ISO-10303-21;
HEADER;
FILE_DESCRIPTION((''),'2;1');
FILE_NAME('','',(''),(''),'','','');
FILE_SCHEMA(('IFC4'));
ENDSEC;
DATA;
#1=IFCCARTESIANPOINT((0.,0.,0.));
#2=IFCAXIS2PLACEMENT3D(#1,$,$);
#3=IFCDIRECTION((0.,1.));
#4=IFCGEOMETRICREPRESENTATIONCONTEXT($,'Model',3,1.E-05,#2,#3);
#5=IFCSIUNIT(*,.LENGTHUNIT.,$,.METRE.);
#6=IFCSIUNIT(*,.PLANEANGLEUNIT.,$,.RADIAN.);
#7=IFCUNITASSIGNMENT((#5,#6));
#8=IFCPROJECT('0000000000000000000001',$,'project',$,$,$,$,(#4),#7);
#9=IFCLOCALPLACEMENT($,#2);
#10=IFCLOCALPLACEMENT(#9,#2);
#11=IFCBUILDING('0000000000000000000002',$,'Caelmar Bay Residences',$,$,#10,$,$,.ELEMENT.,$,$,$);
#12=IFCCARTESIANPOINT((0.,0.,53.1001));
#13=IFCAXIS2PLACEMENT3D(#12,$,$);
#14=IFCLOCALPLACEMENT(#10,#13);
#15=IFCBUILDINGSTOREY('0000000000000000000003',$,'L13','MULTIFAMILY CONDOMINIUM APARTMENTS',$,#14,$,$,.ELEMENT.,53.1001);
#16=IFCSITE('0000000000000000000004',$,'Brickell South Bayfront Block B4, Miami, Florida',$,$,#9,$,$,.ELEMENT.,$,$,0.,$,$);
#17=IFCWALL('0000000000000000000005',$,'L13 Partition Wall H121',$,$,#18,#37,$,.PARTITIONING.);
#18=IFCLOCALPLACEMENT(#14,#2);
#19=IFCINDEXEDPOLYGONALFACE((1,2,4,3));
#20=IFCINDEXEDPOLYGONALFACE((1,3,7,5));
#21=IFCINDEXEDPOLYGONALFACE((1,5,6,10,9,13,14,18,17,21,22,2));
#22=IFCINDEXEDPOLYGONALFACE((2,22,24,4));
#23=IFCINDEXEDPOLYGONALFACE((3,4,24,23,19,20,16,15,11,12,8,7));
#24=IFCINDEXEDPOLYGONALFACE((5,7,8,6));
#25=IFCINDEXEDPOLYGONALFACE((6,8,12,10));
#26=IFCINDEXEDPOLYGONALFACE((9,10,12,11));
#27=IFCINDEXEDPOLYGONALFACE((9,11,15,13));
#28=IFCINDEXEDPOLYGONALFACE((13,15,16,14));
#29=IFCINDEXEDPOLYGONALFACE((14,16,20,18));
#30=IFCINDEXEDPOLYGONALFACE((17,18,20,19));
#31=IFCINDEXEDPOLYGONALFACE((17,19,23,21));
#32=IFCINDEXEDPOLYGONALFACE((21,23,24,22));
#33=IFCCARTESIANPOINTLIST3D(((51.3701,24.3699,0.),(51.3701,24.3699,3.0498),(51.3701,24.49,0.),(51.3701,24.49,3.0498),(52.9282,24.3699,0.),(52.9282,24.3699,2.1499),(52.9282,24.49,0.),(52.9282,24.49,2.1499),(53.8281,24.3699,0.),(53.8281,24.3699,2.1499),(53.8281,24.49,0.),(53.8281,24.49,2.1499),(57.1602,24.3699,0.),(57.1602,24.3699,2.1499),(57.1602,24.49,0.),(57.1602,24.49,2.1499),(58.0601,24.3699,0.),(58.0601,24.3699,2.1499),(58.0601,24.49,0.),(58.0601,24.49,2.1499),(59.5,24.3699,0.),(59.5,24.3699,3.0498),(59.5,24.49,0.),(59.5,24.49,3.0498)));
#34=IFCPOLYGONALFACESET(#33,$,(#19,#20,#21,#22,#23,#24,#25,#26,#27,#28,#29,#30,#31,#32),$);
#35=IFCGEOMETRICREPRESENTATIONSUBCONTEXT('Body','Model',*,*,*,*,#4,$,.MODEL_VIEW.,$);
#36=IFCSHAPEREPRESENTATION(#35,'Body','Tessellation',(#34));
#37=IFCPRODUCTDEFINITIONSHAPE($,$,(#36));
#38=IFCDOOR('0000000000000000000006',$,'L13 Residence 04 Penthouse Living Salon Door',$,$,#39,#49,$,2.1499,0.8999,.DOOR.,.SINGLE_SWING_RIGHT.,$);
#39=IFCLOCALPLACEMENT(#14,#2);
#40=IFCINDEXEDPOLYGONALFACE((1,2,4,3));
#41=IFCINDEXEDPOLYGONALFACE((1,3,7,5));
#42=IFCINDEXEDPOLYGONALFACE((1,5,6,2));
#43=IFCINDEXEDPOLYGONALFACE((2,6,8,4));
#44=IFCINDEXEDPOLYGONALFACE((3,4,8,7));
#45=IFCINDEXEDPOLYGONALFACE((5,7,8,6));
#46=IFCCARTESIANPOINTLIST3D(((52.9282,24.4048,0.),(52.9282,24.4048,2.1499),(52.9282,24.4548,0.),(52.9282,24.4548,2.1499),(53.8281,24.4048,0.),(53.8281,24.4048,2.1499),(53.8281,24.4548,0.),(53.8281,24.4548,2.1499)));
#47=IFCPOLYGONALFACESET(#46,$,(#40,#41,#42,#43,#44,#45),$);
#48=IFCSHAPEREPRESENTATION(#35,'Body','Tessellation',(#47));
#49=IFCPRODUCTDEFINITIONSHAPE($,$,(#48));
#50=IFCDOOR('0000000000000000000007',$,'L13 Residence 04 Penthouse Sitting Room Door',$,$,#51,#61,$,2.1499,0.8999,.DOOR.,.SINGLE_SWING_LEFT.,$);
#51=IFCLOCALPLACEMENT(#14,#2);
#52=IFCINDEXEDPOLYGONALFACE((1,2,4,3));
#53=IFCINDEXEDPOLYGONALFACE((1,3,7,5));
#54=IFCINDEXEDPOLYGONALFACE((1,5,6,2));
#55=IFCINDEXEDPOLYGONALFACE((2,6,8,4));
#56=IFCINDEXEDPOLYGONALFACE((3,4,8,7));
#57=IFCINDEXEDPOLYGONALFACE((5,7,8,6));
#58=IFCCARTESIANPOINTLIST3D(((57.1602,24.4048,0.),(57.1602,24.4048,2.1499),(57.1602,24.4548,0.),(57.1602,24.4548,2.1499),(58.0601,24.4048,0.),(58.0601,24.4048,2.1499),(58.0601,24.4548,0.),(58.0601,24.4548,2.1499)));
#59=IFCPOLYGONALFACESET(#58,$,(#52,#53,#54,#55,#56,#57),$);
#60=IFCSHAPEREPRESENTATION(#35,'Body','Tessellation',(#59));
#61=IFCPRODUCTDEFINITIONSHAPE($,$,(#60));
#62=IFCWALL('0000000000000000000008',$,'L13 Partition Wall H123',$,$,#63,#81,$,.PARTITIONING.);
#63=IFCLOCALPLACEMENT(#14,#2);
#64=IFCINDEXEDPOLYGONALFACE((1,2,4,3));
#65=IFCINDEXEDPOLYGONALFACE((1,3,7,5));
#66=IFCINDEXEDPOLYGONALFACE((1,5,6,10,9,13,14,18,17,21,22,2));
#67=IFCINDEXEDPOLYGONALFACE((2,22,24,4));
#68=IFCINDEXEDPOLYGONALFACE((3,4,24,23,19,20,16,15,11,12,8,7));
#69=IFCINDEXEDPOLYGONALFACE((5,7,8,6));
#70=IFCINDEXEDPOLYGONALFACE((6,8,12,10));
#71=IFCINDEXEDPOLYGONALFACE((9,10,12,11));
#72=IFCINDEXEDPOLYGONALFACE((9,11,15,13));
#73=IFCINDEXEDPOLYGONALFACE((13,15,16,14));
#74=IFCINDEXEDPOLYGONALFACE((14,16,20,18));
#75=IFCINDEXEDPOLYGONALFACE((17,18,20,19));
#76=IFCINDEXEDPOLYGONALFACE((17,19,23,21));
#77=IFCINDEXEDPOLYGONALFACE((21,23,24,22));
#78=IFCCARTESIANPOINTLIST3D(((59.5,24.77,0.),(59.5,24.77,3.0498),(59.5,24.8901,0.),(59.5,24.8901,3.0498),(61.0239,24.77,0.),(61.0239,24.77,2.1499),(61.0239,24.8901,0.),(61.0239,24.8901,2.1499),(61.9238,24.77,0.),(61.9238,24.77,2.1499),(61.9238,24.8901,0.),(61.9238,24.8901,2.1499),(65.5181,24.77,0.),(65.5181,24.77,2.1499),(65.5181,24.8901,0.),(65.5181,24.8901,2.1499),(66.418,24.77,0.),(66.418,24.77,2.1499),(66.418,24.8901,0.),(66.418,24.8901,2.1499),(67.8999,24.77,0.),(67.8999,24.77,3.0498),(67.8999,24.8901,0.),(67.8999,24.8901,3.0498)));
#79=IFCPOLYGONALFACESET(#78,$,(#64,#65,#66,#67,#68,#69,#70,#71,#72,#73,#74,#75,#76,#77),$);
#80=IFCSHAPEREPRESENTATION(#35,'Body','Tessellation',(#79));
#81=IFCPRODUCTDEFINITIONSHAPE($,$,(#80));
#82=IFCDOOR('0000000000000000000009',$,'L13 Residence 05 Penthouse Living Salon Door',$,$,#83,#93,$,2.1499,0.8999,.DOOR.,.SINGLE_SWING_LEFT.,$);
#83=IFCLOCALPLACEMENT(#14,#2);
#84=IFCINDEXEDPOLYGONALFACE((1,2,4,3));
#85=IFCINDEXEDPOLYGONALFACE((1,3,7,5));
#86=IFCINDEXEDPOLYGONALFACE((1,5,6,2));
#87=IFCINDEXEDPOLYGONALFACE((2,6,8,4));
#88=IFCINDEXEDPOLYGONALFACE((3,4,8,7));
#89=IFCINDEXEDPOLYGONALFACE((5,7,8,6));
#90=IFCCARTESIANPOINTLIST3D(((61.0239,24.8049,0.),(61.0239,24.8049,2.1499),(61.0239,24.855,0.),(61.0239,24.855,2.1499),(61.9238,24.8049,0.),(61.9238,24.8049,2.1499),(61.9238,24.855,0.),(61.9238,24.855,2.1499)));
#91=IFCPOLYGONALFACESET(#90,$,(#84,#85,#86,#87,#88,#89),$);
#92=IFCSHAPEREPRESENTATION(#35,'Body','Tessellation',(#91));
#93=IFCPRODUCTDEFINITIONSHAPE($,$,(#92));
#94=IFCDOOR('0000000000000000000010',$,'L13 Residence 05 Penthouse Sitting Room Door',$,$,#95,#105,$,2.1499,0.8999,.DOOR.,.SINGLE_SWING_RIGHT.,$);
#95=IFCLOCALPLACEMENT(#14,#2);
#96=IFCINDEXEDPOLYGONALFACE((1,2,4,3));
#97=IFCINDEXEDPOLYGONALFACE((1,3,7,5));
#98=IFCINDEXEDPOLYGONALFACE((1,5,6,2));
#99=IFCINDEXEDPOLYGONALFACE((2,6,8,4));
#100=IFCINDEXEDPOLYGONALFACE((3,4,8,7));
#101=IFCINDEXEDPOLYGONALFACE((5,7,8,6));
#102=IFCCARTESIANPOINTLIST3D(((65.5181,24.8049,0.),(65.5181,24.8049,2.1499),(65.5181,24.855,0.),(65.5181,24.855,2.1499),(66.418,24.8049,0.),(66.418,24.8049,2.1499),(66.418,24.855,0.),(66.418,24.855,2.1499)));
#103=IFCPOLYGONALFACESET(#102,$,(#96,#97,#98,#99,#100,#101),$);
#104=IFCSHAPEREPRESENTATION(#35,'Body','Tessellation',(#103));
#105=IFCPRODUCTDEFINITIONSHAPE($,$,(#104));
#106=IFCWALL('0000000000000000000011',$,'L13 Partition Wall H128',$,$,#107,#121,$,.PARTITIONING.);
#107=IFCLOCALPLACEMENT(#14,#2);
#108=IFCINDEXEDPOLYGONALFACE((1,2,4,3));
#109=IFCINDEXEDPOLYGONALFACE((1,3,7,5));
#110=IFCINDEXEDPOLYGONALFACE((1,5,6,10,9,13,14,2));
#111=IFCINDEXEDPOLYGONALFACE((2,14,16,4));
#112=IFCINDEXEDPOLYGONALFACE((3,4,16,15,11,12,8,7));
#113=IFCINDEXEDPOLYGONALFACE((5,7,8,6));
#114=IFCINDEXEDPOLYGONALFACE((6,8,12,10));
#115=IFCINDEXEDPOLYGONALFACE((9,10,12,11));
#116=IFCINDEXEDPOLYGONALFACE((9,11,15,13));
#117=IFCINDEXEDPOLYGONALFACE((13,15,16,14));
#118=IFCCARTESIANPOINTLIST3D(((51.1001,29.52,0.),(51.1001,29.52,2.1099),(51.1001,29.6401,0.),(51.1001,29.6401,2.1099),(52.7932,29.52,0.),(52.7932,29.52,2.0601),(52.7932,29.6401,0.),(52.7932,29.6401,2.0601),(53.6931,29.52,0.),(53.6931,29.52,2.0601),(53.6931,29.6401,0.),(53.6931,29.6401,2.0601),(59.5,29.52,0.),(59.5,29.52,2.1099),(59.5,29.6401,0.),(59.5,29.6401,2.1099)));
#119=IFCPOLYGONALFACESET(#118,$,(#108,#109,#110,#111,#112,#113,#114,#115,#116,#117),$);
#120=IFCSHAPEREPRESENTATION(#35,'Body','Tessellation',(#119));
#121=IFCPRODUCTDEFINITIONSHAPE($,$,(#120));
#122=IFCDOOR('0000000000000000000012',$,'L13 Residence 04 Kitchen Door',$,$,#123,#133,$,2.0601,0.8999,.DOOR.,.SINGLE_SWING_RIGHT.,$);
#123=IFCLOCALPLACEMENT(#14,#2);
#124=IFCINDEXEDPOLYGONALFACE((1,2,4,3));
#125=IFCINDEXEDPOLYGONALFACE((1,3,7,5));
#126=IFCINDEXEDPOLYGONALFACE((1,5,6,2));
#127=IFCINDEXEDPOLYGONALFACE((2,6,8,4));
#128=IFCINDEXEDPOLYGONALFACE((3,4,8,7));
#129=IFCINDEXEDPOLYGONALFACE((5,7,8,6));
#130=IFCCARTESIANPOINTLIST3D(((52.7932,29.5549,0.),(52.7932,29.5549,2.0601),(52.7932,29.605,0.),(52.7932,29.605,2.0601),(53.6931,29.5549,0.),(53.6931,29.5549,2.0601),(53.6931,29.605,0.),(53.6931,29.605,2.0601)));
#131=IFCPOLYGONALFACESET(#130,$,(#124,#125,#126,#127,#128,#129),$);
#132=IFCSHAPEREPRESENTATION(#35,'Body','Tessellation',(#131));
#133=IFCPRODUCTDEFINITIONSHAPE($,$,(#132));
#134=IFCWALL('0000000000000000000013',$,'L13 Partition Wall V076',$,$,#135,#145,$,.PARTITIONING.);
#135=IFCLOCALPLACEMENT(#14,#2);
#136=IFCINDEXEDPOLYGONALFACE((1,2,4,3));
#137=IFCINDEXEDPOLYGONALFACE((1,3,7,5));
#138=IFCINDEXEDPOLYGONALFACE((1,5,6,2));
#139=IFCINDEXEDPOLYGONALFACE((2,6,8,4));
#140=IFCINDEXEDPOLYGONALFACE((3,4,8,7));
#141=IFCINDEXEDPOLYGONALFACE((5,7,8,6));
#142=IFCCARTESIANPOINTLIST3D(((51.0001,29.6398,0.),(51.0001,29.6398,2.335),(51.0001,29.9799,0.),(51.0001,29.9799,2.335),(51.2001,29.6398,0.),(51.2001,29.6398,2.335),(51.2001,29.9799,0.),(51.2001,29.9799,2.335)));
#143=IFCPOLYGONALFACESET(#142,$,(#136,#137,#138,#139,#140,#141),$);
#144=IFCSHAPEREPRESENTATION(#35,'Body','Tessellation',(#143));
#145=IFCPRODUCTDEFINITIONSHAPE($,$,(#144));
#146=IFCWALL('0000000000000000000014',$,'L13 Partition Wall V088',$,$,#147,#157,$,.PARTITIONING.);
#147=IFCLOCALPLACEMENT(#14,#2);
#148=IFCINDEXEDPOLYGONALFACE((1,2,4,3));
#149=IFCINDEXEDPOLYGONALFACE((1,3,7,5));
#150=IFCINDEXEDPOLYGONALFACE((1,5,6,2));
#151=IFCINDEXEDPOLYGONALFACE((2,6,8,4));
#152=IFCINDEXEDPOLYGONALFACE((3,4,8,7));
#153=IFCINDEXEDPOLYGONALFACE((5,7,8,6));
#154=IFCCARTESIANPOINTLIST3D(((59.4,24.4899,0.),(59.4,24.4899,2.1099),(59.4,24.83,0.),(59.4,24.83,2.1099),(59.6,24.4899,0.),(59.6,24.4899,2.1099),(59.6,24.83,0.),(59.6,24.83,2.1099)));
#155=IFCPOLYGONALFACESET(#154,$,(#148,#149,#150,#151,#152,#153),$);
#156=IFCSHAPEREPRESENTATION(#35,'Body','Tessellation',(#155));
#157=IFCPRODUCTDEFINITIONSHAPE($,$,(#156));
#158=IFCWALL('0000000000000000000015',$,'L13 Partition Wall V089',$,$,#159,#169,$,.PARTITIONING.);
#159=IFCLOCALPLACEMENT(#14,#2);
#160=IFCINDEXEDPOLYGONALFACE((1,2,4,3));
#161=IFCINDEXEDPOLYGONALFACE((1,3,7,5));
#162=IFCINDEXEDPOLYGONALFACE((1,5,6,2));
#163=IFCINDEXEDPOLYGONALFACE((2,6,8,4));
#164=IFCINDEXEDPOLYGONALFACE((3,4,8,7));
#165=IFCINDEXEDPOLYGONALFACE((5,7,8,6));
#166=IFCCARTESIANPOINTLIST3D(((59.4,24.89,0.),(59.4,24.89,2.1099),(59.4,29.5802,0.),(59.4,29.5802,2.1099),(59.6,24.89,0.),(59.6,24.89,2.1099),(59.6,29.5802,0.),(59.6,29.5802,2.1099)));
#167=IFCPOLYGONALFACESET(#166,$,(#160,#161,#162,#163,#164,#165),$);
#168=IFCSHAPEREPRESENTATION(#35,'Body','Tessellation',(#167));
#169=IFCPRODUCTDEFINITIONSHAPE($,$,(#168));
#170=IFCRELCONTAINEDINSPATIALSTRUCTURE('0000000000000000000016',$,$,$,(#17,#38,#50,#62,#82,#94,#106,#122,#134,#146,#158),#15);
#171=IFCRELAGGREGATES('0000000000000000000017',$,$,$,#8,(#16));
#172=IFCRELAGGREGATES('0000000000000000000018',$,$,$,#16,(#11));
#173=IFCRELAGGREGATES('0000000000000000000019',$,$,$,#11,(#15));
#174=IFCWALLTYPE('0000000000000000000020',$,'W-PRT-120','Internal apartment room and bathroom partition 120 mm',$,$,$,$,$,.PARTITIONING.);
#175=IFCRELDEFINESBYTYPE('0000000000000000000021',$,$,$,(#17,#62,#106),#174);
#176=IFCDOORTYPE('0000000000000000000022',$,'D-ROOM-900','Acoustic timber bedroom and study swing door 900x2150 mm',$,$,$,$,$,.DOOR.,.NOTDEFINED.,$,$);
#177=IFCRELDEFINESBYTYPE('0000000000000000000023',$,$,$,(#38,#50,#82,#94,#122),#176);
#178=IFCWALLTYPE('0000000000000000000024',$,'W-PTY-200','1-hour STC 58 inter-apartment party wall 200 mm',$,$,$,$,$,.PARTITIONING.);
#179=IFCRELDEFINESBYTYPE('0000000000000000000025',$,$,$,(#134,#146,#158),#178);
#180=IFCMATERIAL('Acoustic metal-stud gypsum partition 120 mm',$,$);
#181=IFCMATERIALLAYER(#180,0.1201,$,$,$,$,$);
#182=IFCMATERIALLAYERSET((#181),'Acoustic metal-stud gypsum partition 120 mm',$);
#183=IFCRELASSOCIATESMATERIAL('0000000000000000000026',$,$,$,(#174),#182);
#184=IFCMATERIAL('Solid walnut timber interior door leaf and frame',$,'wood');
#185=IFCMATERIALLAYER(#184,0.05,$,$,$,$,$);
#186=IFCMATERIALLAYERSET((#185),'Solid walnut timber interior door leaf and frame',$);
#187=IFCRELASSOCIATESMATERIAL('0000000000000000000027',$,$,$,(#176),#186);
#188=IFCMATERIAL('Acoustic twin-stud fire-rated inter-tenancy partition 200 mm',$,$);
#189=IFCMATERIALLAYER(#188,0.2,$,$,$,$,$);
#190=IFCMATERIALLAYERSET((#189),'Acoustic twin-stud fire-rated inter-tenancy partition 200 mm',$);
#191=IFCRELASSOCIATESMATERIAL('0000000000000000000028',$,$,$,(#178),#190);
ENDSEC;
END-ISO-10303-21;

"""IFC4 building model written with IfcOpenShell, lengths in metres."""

from ifc_helpers import new_model, si_unit, direction, frame, frame_2d, origin, place, context, subcontext, project, spatial, rectangle, extrude, material, layer, layer_set, type_object, element, fill, save


model = new_model("IFC4")

# Units and contexts
model_context = context("Model", 3, precision=1e-05, world=origin(), true_north=direction((0.0, 1.0)))
body_context = subcontext(model_context, "Body", "Model", "MODEL_VIEW")
ifc_project = project(units=[si_unit("LENGTHUNIT", "METRE"), si_unit("PLANEANGLEUNIT", "RADIAN")], contexts=[model_context])

# Site, building, storey
site_placement = place(None, origin())
site = spatial("IfcSite", under=ifc_project, at=site_placement, Name="Brickell South Bayfront Block B4, Miami, Florida", CompositionType="ELEMENT", RefElevation=0.0)
building_placement = place(site_placement, origin())
building = spatial("IfcBuilding", under=site, at=building_placement, Name="Caelmar Bay Residences", CompositionType="ELEMENT")
storey_placement = place(building_placement, frame((0.0, 0.0, 53.1001)))
storey = spatial("IfcBuildingStorey", under=building, at=storey_placement, Name="L13", Description="MULTIFAMILY CONDOMINIUM APARTMENTS", CompositionType="ELEMENT", Elevation=53.1001)

# Shared definitions
ifc_material_1 = material(Name="Acoustic metal-stud gypsum partition 120 mm")
ifc_layer_1 = layer(ifc_material_1, 0.1201)
ifc_layer_set_1 = layer_set([ifc_layer_1], Name="Acoustic metal-stud gypsum partition 120 mm")
wall_type_1 = type_object("IfcWallType", Name="W-PRT-120", Description="Internal apartment room and bathroom partition 120 mm", PredefinedType="PARTITIONING", material=ifc_layer_set_1)

# Shared definitions
ifc_material_2 = material(Name="Solid walnut timber interior door leaf and frame", Category="wood")
ifc_layer_2 = layer(ifc_material_2, 0.05)
ifc_layer_set_2 = layer_set([ifc_layer_2], Name="Solid walnut timber interior door leaf and frame")
door_type = type_object("IfcDoorType", Name="D-ROOM-900", Description="Acoustic timber bedroom and study swing door 900x2150 mm", OperationType="NOTDEFINED", PredefinedType="DOOR", material=ifc_layer_set_2)

# Walls, openings, doors
wall_1_placement = place(storey_placement, frame((51.3701, 24.4299, 0.0), z_axis=(0.0, 0.0, 1.0), x_axis=(1.0, 0.0, 0.0)))
wall_1 = element("IfcWall", 1, at=wall_1_placement, inside=storey, type_object=wall_type_1, Name="L13 Partition Wall H121", PredefinedType="PARTITIONING", context=body_context, shape_type="SweptSolid", body=[
    extrude(rectangle(XDim=8.1299, YDim=0.1201, at=frame_2d((4.0649, 0.0))), origin(), (0.0, 0.0, 1.0), 3.0498),
])
opening_1_placement = place(wall_1_placement, frame((1.5581, 0.0, 0.0)))
opening_1 = element("IfcOpeningElement", 2, at=opening_1_placement, cuts=wall_1, PredefinedType="OPENING", context=body_context, shape_type="SweptSolid", body=[
    extrude(rectangle(XDim=0.8999, YDim=2.1499, at=frame_2d((0.45, 1.075))), frame((0.0, 0.0701, 0.0), z_axis=(0.0, -1.0, 0.0), x_axis=(1.0, 0.0, 0.0)), (0.0, 0.0, 1.0), 0.1401),
])
opening_2_placement = place(wall_1_placement, frame((5.79, 0.0, 0.0)))
opening_2 = element("IfcOpeningElement", 3, at=opening_2_placement, cuts=wall_1, PredefinedType="OPENING", context=body_context, shape_type="SweptSolid", body=[
    extrude(rectangle(XDim=0.8999, YDim=2.1499, at=frame_2d((0.45, 1.075))), frame((0.0, 0.0701, 0.0), z_axis=(0.0, -1.0, 0.0), x_axis=(1.0, 0.0, 0.0)), (0.0, 0.0, 1.0), 0.1401),
])
door_1_placement = place(opening_1_placement, origin())
door_1 = element("IfcDoor", 4, at=door_1_placement, inside=storey, type_object=door_type, Name="L13 Residence 04 Penthouse Living Salon Door", OperationType="SINGLE_SWING_RIGHT", OverallHeight=2.1499, OverallWidth=0.8999, PredefinedType="DOOR", context=body_context, shape_type="SweptSolid", body=[
    extrude(rectangle(XDim=0.8999, YDim=2.1499, at=frame_2d((0.45, 1.075))), frame((0.0, 0.0249, 0.0), z_axis=(0.0, -1.0, 0.0), x_axis=(1.0, 0.0, 0.0)), (0.0, 0.0, 1.0), 0.05),
])
fill(opening_1, door_1)
door_2_placement = place(opening_2_placement, origin())
door_2 = element("IfcDoor", 5, at=door_2_placement, inside=storey, type_object=door_type, Name="L13 Residence 04 Penthouse Sitting Room Door", OperationType="SINGLE_SWING_LEFT", OverallHeight=2.1499, OverallWidth=0.8999, PredefinedType="DOOR", context=body_context, shape_type="SweptSolid", body=[
    extrude(rectangle(XDim=0.8999, YDim=2.1499, at=frame_2d((0.45, 1.075))), frame((0.0, 0.0249, 0.0), z_axis=(0.0, -1.0, 0.0), x_axis=(1.0, 0.0, 0.0)), (0.0, 0.0, 1.0), 0.05),
])
fill(opening_2, door_2)
wall_2_placement = place(storey_placement, frame((59.5, 24.8301, 0.0), z_axis=(0.0, 0.0, 1.0), x_axis=(1.0, 0.0, 0.0)))
wall_2 = element("IfcWall", 6, at=wall_2_placement, inside=storey, type_object=wall_type_1, Name="L13 Partition Wall H123", PredefinedType="PARTITIONING", context=body_context, shape_type="SweptSolid", body=[
    extrude(rectangle(XDim=8.3999, YDim=0.1201, at=frame_2d((4.2, 0.0))), origin(), (0.0, 0.0, 1.0), 3.0498),
])
opening_3_placement = place(wall_2_placement, frame((1.5239, 0.0, 0.0)))
opening_3 = element("IfcOpeningElement", 7, at=opening_3_placement, cuts=wall_2, PredefinedType="OPENING", context=body_context, shape_type="SweptSolid", body=[
    extrude(rectangle(XDim=0.8999, YDim=2.1499, at=frame_2d((0.45, 1.075))), frame((0.0, 0.0701, 0.0), z_axis=(0.0, -1.0, 0.0), x_axis=(1.0, 0.0, 0.0)), (0.0, 0.0, 1.0), 0.1401),
])
opening_4_placement = place(wall_2_placement, frame((6.0181, 0.0, 0.0)))
opening_4 = element("IfcOpeningElement", 8, at=opening_4_placement, cuts=wall_2, PredefinedType="OPENING", context=body_context, shape_type="SweptSolid", body=[
    extrude(rectangle(XDim=0.8999, YDim=2.1499, at=frame_2d((0.45, 1.075))), frame((0.0, 0.0701, 0.0), z_axis=(0.0, -1.0, 0.0), x_axis=(1.0, 0.0, 0.0)), (0.0, 0.0, 1.0), 0.1401),
])
door_3_placement = place(opening_3_placement, origin())
door_3 = element("IfcDoor", 9, at=door_3_placement, inside=storey, type_object=door_type, Name="L13 Residence 05 Penthouse Living Salon Door", OperationType="SINGLE_SWING_LEFT", OverallHeight=2.1499, OverallWidth=0.8999, PredefinedType="DOOR", context=body_context, shape_type="SweptSolid", body=[
    extrude(rectangle(XDim=0.8999, YDim=2.1499, at=frame_2d((0.45, 1.075))), frame((0.0, 0.0249, 0.0), z_axis=(0.0, -1.0, 0.0), x_axis=(1.0, 0.0, 0.0)), (0.0, 0.0, 1.0), 0.05),
])
fill(opening_3, door_3)
door_4_placement = place(opening_4_placement, origin())
door_4 = element("IfcDoor", 10, at=door_4_placement, inside=storey, type_object=door_type, Name="L13 Residence 05 Penthouse Sitting Room Door", OperationType="SINGLE_SWING_RIGHT", OverallHeight=2.1499, OverallWidth=0.8999, PredefinedType="DOOR", context=body_context, shape_type="SweptSolid", body=[
    extrude(rectangle(XDim=0.8999, YDim=2.1499, at=frame_2d((0.45, 1.075))), frame((0.0, 0.0249, 0.0), z_axis=(0.0, -1.0, 0.0), x_axis=(1.0, 0.0, 0.0)), (0.0, 0.0, 1.0), 0.05),
])
fill(opening_4, door_4)

# Wall, opening, door
wall_3_placement = place(storey_placement, frame((51.1001, 29.5801, 0.0), z_axis=(0.0, 0.0, 1.0), x_axis=(1.0, 0.0, 0.0)))
wall_3 = element("IfcWall", 11, at=wall_3_placement, inside=storey, type_object=wall_type_1, Name="L13 Partition Wall H128", PredefinedType="PARTITIONING", context=body_context, shape_type="SweptSolid", body=[
    extrude(rectangle(XDim=8.3999, YDim=0.1201, at=frame_2d((4.2, 0.0))), origin(), (0.0, 0.0, 1.0), 2.1099),
])
opening_5_placement = place(wall_3_placement, frame((1.6931, 0.0, 0.0)))
opening_5 = element("IfcOpeningElement", 12, at=opening_5_placement, cuts=wall_3, PredefinedType="OPENING", context=body_context, shape_type="SweptSolid", body=[
    extrude(rectangle(XDim=0.8999, YDim=2.0601, at=frame_2d((0.45, 1.03))), frame((0.0, 0.0701, 0.0), z_axis=(0.0, -1.0, 0.0), x_axis=(1.0, 0.0, 0.0)), (0.0, 0.0, 1.0), 0.1401),
])
door_5_placement = place(opening_5_placement, origin())
door_5 = element("IfcDoor", 13, at=door_5_placement, inside=storey, type_object=door_type, Name="L13 Residence 04 Kitchen Door", OperationType="SINGLE_SWING_RIGHT", OverallHeight=2.0601, OverallWidth=0.8999, PredefinedType="DOOR", context=body_context, shape_type="SweptSolid", body=[
    extrude(rectangle(XDim=0.8999, YDim=2.0601, at=frame_2d((0.45, 1.03))), frame((0.0, 0.0249, 0.0), z_axis=(0.0, -1.0, 0.0), x_axis=(1.0, 0.0, 0.0)), (0.0, 0.0, 1.0), 0.05),
])
fill(opening_5, door_5)

# Walls
ifc_material_3 = material(Name="Acoustic twin-stud fire-rated inter-tenancy partition 200 mm")
ifc_layer_3 = layer(ifc_material_3, 0.2)
ifc_layer_set_3 = layer_set([ifc_layer_3], Name="Acoustic twin-stud fire-rated inter-tenancy partition 200 mm")
wall_type_2 = type_object("IfcWallType", Name="W-PTY-200", Description="1-hour STC 58 inter-apartment party wall 200 mm", PredefinedType="PARTITIONING", material=ifc_layer_set_3)
wall_4_placement = place(storey_placement, frame((51.1001, 29.6399, 0.0), z_axis=(0.0, 0.0, 1.0), x_axis=(0.0, 1.0, 0.0)))
element("IfcWall", 14, at=wall_4_placement, inside=storey, type_object=wall_type_2, Name="L13 Partition Wall V076", PredefinedType="PARTITIONING", context=body_context, shape_type="SweptSolid", body=[
    extrude(rectangle(XDim=0.3401, YDim=0.2, at=frame_2d((0.1699, 0.0))), origin(), (0.0, 0.0, 1.0), 2.335),
])
wall_5_placement = place(storey_placement, frame((59.5, 24.49, 0.0), z_axis=(0.0, 0.0, 1.0), x_axis=(0.0, 1.0, 0.0)))
element("IfcWall", 15, at=wall_5_placement, inside=storey, type_object=wall_type_2, Name="L13 Partition Wall V088", PredefinedType="PARTITIONING", context=body_context, shape_type="SweptSolid", body=[
    extrude(rectangle(XDim=0.3401, YDim=0.2, at=frame_2d((0.1699, 0.0))), origin(), (0.0, 0.0, 1.0), 2.1099),
])
wall_6_placement = place(storey_placement, frame((59.5, 24.8899, 0.0), z_axis=(0.0, 0.0, 1.0), x_axis=(0.0, 1.0, 0.0)))
element("IfcWall", 16, at=wall_6_placement, inside=storey, type_object=wall_type_2, Name="L13 Partition Wall V089", PredefinedType="PARTITIONING", context=body_context, shape_type="SweptSolid", body=[
    extrude(rectangle(XDim=4.6902, YDim=0.2, at=frame_2d((2.3452, 0.0))), origin(), (0.0, 0.0, 1.0), 2.1099),
])

save(model, "model.ifc")
